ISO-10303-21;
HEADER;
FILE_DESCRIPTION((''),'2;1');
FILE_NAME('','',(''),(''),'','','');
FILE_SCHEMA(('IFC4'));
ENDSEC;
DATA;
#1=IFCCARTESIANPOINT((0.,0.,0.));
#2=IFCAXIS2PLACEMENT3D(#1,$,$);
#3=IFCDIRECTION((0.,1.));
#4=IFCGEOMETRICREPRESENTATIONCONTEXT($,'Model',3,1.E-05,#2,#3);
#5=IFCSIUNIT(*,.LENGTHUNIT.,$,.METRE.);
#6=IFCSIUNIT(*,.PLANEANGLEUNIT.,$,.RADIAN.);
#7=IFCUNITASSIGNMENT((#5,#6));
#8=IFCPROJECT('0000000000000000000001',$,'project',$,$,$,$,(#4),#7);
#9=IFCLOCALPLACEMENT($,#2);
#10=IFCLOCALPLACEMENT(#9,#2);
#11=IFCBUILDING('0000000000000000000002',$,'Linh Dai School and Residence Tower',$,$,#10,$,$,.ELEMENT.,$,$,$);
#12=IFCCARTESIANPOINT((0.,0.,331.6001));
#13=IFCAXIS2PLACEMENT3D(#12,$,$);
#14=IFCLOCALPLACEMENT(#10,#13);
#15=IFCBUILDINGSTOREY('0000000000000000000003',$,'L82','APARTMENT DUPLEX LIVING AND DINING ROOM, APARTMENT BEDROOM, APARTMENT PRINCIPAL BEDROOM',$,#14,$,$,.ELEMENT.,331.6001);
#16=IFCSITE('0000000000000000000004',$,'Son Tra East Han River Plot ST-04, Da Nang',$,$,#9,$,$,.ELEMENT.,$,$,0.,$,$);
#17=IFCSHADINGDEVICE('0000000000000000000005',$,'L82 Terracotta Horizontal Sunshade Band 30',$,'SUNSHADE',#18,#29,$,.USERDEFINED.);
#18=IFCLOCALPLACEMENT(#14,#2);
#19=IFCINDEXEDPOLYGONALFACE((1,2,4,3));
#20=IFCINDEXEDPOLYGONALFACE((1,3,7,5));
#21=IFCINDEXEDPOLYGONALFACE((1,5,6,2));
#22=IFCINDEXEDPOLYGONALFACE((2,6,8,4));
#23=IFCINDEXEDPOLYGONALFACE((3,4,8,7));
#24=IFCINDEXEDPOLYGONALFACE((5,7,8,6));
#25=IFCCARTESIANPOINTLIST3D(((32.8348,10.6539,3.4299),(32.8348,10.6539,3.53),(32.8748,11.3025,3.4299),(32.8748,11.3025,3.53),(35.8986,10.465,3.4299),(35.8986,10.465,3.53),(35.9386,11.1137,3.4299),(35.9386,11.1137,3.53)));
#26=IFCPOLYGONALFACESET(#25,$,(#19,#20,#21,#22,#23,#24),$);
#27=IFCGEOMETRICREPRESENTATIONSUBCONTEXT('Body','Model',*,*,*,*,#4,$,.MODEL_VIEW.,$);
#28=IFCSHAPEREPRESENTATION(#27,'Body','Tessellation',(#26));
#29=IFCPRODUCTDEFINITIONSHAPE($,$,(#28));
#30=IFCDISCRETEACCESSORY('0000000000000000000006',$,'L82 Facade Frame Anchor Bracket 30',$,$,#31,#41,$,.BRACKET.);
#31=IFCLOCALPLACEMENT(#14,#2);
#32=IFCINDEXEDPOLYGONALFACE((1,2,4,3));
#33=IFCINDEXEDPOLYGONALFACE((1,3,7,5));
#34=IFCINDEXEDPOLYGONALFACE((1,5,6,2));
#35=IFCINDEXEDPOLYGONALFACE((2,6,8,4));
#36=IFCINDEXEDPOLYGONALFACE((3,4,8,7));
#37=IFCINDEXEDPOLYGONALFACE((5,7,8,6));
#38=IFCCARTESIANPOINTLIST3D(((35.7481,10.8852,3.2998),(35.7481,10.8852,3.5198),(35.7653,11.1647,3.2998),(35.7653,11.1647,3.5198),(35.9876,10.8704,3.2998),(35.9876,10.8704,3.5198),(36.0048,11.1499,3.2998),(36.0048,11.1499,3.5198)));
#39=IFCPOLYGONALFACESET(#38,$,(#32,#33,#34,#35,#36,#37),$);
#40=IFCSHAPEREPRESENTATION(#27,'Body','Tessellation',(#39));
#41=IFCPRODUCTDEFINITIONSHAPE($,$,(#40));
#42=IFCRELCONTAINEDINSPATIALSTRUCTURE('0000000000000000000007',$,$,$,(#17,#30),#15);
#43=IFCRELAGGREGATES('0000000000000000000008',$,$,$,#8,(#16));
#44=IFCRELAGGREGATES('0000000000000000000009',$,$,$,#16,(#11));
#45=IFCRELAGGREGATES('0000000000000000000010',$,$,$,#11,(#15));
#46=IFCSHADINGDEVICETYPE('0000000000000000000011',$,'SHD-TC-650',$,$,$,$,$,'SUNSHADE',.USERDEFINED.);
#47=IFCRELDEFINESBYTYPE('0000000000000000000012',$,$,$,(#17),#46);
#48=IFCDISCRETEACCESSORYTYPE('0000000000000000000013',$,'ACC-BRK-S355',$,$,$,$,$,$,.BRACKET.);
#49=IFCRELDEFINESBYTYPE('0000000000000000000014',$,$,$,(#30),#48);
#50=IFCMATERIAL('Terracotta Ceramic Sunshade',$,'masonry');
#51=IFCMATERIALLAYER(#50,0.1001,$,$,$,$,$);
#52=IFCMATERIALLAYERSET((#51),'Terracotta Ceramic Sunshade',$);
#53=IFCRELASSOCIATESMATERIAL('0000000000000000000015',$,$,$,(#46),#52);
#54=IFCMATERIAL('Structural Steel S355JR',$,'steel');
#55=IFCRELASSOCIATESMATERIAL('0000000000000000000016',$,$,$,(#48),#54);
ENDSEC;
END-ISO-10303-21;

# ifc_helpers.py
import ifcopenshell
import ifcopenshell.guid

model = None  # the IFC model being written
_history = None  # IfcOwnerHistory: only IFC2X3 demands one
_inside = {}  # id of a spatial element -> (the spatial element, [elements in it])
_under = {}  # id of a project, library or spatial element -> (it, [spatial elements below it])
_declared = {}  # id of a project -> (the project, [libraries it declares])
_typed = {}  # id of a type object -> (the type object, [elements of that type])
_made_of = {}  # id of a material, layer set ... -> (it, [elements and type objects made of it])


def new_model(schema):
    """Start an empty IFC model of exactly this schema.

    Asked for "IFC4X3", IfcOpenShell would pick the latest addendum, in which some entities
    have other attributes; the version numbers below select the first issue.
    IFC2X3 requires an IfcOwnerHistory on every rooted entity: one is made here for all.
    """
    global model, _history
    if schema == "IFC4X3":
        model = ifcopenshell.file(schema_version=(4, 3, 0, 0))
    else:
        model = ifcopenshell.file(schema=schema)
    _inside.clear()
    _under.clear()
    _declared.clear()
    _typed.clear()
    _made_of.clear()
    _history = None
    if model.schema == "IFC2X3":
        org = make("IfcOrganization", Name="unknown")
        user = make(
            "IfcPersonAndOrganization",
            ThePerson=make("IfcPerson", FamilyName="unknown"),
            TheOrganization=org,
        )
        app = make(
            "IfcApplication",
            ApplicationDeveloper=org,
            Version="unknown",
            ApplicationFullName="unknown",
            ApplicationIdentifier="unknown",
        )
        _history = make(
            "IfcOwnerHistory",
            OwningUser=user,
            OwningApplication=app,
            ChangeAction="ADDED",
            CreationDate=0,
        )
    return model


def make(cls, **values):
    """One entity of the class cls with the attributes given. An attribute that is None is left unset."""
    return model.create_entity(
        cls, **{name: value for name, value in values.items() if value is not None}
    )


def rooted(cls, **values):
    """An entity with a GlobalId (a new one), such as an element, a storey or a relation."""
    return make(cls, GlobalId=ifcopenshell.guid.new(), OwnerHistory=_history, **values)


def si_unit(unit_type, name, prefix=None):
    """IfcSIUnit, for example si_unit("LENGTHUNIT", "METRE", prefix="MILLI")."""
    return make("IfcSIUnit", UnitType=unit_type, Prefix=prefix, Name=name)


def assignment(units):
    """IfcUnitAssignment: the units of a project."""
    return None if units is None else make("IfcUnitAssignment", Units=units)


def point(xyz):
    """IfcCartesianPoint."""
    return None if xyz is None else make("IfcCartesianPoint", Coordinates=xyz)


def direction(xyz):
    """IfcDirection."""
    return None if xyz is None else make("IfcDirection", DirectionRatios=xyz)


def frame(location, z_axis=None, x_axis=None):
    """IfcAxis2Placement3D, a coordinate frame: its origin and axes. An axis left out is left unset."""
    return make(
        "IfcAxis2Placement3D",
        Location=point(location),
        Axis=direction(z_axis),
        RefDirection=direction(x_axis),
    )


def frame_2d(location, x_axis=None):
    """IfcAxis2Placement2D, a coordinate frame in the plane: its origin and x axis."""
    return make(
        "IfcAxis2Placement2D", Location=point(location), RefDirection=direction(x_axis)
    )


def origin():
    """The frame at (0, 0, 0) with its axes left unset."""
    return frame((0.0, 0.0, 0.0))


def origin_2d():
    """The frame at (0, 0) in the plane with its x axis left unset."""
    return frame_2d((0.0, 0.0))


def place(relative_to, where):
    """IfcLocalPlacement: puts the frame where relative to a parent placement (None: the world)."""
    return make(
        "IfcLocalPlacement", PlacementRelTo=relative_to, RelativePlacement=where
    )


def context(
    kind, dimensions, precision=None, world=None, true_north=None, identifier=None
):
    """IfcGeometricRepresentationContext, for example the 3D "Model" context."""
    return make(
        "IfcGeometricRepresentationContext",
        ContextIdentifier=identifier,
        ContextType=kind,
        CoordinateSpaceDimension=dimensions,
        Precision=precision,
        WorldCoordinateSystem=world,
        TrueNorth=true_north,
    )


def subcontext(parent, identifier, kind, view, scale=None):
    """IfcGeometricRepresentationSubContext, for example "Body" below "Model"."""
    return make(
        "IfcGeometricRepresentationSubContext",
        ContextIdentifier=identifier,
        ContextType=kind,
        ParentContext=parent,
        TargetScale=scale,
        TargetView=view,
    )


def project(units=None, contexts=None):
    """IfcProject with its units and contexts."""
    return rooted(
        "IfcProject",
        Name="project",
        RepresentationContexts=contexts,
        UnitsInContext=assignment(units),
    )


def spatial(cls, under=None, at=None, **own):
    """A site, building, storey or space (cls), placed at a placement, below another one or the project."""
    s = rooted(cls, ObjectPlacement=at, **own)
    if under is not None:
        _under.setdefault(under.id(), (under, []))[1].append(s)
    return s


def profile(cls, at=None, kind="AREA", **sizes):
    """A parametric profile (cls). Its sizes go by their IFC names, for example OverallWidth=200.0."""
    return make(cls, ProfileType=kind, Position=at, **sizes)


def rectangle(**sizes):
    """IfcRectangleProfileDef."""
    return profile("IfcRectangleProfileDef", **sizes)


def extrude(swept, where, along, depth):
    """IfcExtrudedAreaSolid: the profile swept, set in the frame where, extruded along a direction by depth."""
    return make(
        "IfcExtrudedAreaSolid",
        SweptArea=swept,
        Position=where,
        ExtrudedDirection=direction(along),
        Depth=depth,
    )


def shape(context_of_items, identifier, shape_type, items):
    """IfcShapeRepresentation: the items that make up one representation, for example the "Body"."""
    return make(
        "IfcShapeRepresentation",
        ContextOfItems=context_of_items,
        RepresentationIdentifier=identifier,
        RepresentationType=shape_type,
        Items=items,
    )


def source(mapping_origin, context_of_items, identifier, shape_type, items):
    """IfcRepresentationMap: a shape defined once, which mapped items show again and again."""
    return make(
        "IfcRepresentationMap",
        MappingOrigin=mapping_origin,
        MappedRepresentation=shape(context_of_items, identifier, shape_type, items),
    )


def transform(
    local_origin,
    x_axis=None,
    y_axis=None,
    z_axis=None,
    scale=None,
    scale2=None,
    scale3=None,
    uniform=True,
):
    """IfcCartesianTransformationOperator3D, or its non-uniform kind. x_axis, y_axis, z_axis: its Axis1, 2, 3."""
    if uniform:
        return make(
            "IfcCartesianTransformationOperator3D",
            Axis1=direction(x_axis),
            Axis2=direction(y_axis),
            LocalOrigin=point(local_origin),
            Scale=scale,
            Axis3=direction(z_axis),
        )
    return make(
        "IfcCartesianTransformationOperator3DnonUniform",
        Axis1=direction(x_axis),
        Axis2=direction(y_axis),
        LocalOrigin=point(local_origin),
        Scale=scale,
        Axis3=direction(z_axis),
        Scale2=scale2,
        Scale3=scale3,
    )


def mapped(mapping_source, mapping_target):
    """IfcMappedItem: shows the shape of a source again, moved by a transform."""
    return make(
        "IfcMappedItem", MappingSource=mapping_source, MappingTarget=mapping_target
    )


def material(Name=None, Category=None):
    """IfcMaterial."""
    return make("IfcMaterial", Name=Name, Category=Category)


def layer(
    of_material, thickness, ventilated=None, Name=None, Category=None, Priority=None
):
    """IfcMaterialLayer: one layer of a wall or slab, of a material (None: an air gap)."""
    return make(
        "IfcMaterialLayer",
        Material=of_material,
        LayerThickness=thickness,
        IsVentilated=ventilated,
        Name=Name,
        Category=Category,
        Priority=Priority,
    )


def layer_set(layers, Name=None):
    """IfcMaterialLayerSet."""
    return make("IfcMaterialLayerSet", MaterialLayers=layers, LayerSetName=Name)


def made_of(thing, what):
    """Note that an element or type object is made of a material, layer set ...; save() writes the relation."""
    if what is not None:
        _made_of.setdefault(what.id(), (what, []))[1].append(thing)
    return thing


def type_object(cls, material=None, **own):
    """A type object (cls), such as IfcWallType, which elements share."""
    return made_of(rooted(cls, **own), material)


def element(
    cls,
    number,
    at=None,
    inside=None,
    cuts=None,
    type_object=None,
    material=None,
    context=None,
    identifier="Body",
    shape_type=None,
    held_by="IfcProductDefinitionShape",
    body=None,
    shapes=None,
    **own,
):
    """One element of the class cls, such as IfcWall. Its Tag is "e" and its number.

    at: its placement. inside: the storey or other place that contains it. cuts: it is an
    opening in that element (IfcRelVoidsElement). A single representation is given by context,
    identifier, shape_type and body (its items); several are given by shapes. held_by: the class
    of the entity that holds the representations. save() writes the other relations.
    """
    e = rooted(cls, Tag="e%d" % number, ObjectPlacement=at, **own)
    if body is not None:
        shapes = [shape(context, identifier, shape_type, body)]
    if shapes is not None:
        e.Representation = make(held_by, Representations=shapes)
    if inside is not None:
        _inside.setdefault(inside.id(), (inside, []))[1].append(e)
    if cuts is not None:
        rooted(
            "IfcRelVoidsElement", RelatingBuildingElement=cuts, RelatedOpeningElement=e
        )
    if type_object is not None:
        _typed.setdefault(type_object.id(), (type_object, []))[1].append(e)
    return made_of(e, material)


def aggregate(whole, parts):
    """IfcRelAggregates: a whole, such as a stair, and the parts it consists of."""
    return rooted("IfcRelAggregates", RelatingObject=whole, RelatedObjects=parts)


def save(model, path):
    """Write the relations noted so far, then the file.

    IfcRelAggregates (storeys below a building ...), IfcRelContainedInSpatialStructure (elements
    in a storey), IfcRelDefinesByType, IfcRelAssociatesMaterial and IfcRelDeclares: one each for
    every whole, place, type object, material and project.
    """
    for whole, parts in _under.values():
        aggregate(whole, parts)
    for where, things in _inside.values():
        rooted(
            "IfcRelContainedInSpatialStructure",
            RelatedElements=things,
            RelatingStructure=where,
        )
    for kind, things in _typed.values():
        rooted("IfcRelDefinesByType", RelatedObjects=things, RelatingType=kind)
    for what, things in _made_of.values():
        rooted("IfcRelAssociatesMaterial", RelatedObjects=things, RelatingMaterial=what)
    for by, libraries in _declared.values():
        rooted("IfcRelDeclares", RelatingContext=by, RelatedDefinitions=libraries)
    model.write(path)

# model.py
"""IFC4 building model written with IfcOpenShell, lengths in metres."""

from ifc_helpers import new_model, si_unit, direction, frame, origin, origin_2d, place, context, subcontext, project, spatial, rectangle, extrude, source, transform, mapped, material, layer, layer_set, type_object, element, save


model = new_model("IFC4")

# Units and contexts
model_context = context("Model", 3, precision=1e-05, world=origin(), true_north=direction((0.0, 1.0)))
body_context = subcontext(model_context, "Body", "Model", "MODEL_VIEW")
ifc_project = project(units=[si_unit("LENGTHUNIT", "METRE"), si_unit("PLANEANGLEUNIT", "RADIAN")], contexts=[model_context])

# Site, building, storey
site_placement = place(None, origin())
site = spatial("IfcSite", under=ifc_project, at=site_placement, Name="Son Tra East Han River Plot ST-04, Da Nang", CompositionType="ELEMENT", RefElevation=0.0)
building_placement = place(site_placement, origin())
building = spatial("IfcBuilding", under=site, at=building_placement, Name="Linh Dai School and Residence Tower", CompositionType="ELEMENT")
storey_placement = place(building_placement, frame((0.0, 0.0, 331.6001)))
storey = spatial("IfcBuildingStorey", under=building, at=storey_placement, Name="L82", Description="APARTMENT DUPLEX LIVING AND DINING ROOM, APARTMENT BEDROOM, APARTMENT PRINCIPAL BEDROOM", CompositionType="ELEMENT", Elevation=331.6001)

# Shared definitions
ifc_material_1 = material(Name="Structural Steel S355JR", Category="steel")

# Shading device
ifc_material_2 = material(Name="Terracotta Ceramic Sunshade", Category="masonry")
ifc_layer_1 = layer(ifc_material_2, 0.1001)
ifc_layer_set_1 = layer_set([ifc_layer_1], Name="Terracotta Ceramic Sunshade")
shading_device_type = type_object("IfcShadingDeviceType", Name="SHD-TC-650", ElementType="SUNSHADE", PredefinedType="USERDEFINED", material=ifc_layer_set_1)
shared_shape_1 = source(origin(), body_context, "Body", "SweptSolid", [
    extrude(rectangle(XDim=3.0696, YDim=0.6499, at=origin_2d()), origin(), (0.0, 0.0, 1.0), 0.1001),
])
shading_device_placement = place(storey_placement, frame((34.3867, 10.8838, 3.4299), z_axis=(0.0, 0.0, 1.0), x_axis=(-0.998106, 0.061518, 0.0)))
element("IfcShadingDevice", 1, at=shading_device_placement, inside=storey, type_object=shading_device_type, Name="L82 Terracotta Horizontal Sunshade Band 30", ObjectType="SUNSHADE", PredefinedType="USERDEFINED", context=body_context, shape_type="MappedRepresentation", body=[
    mapped(shared_shape_1, transform((0.0, 0.0, 0.0), x_axis=(1.0, 0.0, 0.0), y_axis=(0.0, 1.0, 0.0), z_axis=(0.0, 0.0, 1.0), scale=1.0)),
])

# Discrete accessory
discrete_accessory_type = type_object("IfcDiscreteAccessoryType", Name="ACC-BRK-S355", PredefinedType="BRACKET", material=ifc_material_1)
shared_shape_2 = source(origin(), body_context, "Body", "SweptSolid", [
    extrude(rectangle(XDim=0.28, YDim=0.24, at=origin_2d()), origin(), (0.0, 0.0, 1.0), 0.22),
])
discrete_accessory_placement = place(storey_placement, frame((35.8765, 11.0176, 3.2998), z_axis=(0.0, 0.0, 1.0), x_axis=(-0.061518, -0.998106, 0.0)))
element("IfcDiscreteAccessory", 2, at=discrete_accessory_placement, inside=storey, type_object=discrete_accessory_type, Name="L82 Facade Frame Anchor Bracket 30", PredefinedType="BRACKET", context=body_context, shape_type="MappedRepresentation", body=[
    mapped(shared_shape_2, transform((0.0, 0.0, 0.0), x_axis=(1.0, 0.0, 0.0), y_axis=(0.0, 1.0, 0.0), z_axis=(0.0, 0.0, 1.0), scale=1.0)),
])

save(model, "model.ifc")
